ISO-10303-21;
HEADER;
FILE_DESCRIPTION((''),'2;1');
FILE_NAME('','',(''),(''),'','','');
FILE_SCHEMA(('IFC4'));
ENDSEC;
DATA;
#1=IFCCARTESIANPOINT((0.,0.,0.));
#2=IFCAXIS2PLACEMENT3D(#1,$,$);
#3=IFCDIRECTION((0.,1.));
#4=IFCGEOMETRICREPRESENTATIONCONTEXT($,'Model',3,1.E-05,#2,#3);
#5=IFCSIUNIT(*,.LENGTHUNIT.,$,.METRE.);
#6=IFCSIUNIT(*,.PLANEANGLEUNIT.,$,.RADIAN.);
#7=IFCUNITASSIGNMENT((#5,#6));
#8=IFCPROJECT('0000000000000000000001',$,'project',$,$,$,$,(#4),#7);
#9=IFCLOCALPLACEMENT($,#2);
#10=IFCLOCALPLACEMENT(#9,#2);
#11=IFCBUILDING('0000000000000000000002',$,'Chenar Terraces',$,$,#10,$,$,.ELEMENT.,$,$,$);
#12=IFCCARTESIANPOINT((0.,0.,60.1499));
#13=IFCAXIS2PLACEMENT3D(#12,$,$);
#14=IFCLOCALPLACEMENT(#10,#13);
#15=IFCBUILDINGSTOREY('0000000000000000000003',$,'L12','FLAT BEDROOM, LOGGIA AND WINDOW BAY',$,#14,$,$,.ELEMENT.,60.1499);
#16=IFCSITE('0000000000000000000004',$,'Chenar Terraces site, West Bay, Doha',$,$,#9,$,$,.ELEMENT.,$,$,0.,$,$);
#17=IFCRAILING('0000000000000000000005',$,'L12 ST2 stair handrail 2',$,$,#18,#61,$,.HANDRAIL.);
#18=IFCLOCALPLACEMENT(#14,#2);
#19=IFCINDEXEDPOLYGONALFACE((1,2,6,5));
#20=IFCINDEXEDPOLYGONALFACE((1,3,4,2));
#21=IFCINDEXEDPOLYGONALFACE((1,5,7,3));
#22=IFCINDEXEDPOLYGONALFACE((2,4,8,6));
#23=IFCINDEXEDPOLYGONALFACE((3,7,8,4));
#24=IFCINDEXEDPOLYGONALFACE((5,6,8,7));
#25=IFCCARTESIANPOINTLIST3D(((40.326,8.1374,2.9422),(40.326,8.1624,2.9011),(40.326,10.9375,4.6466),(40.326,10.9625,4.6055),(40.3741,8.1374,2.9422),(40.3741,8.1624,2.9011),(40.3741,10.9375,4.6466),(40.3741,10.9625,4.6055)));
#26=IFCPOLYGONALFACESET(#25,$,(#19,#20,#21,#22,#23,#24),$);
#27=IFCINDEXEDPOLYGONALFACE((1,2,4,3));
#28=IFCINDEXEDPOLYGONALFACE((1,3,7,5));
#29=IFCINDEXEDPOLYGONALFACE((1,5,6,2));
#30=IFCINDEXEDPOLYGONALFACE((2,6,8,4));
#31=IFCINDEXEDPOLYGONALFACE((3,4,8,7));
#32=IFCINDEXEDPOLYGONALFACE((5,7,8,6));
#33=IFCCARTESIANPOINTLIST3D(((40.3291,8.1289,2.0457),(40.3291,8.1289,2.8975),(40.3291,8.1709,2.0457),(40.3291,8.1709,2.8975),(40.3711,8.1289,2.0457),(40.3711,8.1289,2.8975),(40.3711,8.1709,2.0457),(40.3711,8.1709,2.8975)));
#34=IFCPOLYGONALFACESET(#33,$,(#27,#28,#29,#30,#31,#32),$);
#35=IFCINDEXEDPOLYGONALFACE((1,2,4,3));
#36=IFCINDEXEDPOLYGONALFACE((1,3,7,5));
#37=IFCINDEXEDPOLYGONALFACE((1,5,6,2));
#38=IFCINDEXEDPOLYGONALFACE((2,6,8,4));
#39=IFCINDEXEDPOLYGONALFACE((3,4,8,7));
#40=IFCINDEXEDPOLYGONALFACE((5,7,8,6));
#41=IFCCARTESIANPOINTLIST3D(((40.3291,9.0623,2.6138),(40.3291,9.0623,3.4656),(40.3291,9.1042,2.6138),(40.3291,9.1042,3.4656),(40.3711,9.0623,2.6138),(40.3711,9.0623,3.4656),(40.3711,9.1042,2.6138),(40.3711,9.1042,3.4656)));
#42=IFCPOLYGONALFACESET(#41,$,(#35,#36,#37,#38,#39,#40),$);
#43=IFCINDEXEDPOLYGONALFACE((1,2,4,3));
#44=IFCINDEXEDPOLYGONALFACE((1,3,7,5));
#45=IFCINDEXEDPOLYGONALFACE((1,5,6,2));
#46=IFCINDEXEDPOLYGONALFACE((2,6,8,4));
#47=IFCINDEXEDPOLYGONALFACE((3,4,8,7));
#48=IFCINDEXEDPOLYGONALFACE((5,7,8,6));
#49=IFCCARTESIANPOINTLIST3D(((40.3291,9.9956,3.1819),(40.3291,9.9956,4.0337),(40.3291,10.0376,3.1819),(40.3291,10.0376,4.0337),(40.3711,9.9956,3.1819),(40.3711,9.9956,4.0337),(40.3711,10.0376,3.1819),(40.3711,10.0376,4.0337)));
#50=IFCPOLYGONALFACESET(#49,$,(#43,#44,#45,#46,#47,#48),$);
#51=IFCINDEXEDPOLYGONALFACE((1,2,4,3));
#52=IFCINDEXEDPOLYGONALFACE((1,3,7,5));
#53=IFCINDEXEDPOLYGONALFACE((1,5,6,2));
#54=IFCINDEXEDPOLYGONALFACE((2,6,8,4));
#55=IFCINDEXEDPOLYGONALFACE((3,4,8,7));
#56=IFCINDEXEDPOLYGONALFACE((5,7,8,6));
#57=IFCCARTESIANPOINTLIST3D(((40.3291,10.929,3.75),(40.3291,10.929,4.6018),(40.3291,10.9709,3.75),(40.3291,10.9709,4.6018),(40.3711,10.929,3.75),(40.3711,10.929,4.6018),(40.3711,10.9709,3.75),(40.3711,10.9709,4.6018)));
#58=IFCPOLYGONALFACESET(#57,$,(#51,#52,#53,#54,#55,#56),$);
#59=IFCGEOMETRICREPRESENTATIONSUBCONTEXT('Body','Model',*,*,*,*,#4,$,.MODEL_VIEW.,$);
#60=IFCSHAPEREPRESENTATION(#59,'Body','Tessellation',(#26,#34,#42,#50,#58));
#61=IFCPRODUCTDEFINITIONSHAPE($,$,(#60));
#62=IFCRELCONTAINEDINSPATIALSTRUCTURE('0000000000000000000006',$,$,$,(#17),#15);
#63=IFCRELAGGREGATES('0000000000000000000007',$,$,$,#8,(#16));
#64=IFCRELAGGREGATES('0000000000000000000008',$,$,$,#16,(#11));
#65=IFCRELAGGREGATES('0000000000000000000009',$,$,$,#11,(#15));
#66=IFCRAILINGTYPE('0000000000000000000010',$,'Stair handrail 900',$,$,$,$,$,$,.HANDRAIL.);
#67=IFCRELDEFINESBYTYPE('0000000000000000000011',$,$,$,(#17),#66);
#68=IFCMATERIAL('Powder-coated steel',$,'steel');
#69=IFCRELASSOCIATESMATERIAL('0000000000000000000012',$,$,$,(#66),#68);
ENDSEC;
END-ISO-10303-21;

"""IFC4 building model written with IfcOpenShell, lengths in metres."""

from ifc_helpers import new_model, si_unit, direction, frame, origin, origin_2d, place, context, subcontext, project, spatial, rectangle, extrude, material, type_object, element, save


model = new_model("IFC4")

# Units and contexts
model_context = context("Model", 3, precision=1e-05, world=origin(), true_north=direction((0.0, 1.0)))
body_context = subcontext(model_context, "Body", "Model", "MODEL_VIEW")
ifc_project = project(units=[si_unit("LENGTHUNIT", "METRE"), si_unit("PLANEANGLEUNIT", "RADIAN")], contexts=[model_context])

# Site, building, storey
site_placement = place(None, origin())
site = spatial("IfcSite", under=ifc_project, at=site_placement, Name="Chenar Terraces site, West Bay, Doha", CompositionType="ELEMENT", RefElevation=0.0)
building_placement = place(site_placement, origin())
building = spatial("IfcBuilding", under=site, at=building_placement, Name="Chenar Terraces", CompositionType="ELEMENT")
storey_placement = place(building_placement, frame((0.0, 0.0, 60.1499)))
storey = spatial("IfcBuildingStorey", under=building, at=storey_placement, Name="L12", Description="FLAT BEDROOM, LOGGIA AND WINDOW BAY", CompositionType="ELEMENT", Elevation=60.1499)

# Railing
ifc_material_1 = material(Name="Powder-coated steel", Category="steel")
railing_type_1 = type_object("IfcRailingType", Name="Stair handrail 900", PredefinedType="HANDRAIL", material=ifc_material_1)
railing_1_placement = place(storey_placement, frame((40.3501, 8.1499, 2.0457)))
element("IfcRailing", 1, at=railing_1_placement, inside=storey, type_object=railing_type_1, Name="L12 ST2 stair handrail 2", PredefinedType="HANDRAIL", context=body_context, shape_type="SweptSolid", body=[
    extrude(rectangle(XDim=0.0481, YDim=0.0481, at=origin_2d()), frame((0.0, 0.0, 0.876), z_axis=(0.0, 0.854203, 0.51994), x_axis=(-1.0, 0.0, 0.0)), (0.0, 0.0, 1.0), 3.2781),
    extrude(rectangle(XDim=0.042, YDim=0.042, at=origin_2d()), origin(), (0.0, 0.0, 1.0), 0.8518),
    extrude(rectangle(XDim=0.042, YDim=0.042, at=origin_2d()), frame((0.0, 0.9333, 0.5681)), (0.0, 0.0, 1.0), 0.8518),
    extrude(rectangle(XDim=0.042, YDim=0.042, at=origin_2d()), frame((0.0, 1.8667, 1.1362)), (0.0, 0.0, 1.0), 0.8518),
    extrude(rectangle(XDim=0.042, YDim=0.042, at=origin_2d()), frame((0.0, 2.8, 1.7043)), (0.0, 0.0, 1.0), 0.8518),
])

save(model, "model.ifc")
